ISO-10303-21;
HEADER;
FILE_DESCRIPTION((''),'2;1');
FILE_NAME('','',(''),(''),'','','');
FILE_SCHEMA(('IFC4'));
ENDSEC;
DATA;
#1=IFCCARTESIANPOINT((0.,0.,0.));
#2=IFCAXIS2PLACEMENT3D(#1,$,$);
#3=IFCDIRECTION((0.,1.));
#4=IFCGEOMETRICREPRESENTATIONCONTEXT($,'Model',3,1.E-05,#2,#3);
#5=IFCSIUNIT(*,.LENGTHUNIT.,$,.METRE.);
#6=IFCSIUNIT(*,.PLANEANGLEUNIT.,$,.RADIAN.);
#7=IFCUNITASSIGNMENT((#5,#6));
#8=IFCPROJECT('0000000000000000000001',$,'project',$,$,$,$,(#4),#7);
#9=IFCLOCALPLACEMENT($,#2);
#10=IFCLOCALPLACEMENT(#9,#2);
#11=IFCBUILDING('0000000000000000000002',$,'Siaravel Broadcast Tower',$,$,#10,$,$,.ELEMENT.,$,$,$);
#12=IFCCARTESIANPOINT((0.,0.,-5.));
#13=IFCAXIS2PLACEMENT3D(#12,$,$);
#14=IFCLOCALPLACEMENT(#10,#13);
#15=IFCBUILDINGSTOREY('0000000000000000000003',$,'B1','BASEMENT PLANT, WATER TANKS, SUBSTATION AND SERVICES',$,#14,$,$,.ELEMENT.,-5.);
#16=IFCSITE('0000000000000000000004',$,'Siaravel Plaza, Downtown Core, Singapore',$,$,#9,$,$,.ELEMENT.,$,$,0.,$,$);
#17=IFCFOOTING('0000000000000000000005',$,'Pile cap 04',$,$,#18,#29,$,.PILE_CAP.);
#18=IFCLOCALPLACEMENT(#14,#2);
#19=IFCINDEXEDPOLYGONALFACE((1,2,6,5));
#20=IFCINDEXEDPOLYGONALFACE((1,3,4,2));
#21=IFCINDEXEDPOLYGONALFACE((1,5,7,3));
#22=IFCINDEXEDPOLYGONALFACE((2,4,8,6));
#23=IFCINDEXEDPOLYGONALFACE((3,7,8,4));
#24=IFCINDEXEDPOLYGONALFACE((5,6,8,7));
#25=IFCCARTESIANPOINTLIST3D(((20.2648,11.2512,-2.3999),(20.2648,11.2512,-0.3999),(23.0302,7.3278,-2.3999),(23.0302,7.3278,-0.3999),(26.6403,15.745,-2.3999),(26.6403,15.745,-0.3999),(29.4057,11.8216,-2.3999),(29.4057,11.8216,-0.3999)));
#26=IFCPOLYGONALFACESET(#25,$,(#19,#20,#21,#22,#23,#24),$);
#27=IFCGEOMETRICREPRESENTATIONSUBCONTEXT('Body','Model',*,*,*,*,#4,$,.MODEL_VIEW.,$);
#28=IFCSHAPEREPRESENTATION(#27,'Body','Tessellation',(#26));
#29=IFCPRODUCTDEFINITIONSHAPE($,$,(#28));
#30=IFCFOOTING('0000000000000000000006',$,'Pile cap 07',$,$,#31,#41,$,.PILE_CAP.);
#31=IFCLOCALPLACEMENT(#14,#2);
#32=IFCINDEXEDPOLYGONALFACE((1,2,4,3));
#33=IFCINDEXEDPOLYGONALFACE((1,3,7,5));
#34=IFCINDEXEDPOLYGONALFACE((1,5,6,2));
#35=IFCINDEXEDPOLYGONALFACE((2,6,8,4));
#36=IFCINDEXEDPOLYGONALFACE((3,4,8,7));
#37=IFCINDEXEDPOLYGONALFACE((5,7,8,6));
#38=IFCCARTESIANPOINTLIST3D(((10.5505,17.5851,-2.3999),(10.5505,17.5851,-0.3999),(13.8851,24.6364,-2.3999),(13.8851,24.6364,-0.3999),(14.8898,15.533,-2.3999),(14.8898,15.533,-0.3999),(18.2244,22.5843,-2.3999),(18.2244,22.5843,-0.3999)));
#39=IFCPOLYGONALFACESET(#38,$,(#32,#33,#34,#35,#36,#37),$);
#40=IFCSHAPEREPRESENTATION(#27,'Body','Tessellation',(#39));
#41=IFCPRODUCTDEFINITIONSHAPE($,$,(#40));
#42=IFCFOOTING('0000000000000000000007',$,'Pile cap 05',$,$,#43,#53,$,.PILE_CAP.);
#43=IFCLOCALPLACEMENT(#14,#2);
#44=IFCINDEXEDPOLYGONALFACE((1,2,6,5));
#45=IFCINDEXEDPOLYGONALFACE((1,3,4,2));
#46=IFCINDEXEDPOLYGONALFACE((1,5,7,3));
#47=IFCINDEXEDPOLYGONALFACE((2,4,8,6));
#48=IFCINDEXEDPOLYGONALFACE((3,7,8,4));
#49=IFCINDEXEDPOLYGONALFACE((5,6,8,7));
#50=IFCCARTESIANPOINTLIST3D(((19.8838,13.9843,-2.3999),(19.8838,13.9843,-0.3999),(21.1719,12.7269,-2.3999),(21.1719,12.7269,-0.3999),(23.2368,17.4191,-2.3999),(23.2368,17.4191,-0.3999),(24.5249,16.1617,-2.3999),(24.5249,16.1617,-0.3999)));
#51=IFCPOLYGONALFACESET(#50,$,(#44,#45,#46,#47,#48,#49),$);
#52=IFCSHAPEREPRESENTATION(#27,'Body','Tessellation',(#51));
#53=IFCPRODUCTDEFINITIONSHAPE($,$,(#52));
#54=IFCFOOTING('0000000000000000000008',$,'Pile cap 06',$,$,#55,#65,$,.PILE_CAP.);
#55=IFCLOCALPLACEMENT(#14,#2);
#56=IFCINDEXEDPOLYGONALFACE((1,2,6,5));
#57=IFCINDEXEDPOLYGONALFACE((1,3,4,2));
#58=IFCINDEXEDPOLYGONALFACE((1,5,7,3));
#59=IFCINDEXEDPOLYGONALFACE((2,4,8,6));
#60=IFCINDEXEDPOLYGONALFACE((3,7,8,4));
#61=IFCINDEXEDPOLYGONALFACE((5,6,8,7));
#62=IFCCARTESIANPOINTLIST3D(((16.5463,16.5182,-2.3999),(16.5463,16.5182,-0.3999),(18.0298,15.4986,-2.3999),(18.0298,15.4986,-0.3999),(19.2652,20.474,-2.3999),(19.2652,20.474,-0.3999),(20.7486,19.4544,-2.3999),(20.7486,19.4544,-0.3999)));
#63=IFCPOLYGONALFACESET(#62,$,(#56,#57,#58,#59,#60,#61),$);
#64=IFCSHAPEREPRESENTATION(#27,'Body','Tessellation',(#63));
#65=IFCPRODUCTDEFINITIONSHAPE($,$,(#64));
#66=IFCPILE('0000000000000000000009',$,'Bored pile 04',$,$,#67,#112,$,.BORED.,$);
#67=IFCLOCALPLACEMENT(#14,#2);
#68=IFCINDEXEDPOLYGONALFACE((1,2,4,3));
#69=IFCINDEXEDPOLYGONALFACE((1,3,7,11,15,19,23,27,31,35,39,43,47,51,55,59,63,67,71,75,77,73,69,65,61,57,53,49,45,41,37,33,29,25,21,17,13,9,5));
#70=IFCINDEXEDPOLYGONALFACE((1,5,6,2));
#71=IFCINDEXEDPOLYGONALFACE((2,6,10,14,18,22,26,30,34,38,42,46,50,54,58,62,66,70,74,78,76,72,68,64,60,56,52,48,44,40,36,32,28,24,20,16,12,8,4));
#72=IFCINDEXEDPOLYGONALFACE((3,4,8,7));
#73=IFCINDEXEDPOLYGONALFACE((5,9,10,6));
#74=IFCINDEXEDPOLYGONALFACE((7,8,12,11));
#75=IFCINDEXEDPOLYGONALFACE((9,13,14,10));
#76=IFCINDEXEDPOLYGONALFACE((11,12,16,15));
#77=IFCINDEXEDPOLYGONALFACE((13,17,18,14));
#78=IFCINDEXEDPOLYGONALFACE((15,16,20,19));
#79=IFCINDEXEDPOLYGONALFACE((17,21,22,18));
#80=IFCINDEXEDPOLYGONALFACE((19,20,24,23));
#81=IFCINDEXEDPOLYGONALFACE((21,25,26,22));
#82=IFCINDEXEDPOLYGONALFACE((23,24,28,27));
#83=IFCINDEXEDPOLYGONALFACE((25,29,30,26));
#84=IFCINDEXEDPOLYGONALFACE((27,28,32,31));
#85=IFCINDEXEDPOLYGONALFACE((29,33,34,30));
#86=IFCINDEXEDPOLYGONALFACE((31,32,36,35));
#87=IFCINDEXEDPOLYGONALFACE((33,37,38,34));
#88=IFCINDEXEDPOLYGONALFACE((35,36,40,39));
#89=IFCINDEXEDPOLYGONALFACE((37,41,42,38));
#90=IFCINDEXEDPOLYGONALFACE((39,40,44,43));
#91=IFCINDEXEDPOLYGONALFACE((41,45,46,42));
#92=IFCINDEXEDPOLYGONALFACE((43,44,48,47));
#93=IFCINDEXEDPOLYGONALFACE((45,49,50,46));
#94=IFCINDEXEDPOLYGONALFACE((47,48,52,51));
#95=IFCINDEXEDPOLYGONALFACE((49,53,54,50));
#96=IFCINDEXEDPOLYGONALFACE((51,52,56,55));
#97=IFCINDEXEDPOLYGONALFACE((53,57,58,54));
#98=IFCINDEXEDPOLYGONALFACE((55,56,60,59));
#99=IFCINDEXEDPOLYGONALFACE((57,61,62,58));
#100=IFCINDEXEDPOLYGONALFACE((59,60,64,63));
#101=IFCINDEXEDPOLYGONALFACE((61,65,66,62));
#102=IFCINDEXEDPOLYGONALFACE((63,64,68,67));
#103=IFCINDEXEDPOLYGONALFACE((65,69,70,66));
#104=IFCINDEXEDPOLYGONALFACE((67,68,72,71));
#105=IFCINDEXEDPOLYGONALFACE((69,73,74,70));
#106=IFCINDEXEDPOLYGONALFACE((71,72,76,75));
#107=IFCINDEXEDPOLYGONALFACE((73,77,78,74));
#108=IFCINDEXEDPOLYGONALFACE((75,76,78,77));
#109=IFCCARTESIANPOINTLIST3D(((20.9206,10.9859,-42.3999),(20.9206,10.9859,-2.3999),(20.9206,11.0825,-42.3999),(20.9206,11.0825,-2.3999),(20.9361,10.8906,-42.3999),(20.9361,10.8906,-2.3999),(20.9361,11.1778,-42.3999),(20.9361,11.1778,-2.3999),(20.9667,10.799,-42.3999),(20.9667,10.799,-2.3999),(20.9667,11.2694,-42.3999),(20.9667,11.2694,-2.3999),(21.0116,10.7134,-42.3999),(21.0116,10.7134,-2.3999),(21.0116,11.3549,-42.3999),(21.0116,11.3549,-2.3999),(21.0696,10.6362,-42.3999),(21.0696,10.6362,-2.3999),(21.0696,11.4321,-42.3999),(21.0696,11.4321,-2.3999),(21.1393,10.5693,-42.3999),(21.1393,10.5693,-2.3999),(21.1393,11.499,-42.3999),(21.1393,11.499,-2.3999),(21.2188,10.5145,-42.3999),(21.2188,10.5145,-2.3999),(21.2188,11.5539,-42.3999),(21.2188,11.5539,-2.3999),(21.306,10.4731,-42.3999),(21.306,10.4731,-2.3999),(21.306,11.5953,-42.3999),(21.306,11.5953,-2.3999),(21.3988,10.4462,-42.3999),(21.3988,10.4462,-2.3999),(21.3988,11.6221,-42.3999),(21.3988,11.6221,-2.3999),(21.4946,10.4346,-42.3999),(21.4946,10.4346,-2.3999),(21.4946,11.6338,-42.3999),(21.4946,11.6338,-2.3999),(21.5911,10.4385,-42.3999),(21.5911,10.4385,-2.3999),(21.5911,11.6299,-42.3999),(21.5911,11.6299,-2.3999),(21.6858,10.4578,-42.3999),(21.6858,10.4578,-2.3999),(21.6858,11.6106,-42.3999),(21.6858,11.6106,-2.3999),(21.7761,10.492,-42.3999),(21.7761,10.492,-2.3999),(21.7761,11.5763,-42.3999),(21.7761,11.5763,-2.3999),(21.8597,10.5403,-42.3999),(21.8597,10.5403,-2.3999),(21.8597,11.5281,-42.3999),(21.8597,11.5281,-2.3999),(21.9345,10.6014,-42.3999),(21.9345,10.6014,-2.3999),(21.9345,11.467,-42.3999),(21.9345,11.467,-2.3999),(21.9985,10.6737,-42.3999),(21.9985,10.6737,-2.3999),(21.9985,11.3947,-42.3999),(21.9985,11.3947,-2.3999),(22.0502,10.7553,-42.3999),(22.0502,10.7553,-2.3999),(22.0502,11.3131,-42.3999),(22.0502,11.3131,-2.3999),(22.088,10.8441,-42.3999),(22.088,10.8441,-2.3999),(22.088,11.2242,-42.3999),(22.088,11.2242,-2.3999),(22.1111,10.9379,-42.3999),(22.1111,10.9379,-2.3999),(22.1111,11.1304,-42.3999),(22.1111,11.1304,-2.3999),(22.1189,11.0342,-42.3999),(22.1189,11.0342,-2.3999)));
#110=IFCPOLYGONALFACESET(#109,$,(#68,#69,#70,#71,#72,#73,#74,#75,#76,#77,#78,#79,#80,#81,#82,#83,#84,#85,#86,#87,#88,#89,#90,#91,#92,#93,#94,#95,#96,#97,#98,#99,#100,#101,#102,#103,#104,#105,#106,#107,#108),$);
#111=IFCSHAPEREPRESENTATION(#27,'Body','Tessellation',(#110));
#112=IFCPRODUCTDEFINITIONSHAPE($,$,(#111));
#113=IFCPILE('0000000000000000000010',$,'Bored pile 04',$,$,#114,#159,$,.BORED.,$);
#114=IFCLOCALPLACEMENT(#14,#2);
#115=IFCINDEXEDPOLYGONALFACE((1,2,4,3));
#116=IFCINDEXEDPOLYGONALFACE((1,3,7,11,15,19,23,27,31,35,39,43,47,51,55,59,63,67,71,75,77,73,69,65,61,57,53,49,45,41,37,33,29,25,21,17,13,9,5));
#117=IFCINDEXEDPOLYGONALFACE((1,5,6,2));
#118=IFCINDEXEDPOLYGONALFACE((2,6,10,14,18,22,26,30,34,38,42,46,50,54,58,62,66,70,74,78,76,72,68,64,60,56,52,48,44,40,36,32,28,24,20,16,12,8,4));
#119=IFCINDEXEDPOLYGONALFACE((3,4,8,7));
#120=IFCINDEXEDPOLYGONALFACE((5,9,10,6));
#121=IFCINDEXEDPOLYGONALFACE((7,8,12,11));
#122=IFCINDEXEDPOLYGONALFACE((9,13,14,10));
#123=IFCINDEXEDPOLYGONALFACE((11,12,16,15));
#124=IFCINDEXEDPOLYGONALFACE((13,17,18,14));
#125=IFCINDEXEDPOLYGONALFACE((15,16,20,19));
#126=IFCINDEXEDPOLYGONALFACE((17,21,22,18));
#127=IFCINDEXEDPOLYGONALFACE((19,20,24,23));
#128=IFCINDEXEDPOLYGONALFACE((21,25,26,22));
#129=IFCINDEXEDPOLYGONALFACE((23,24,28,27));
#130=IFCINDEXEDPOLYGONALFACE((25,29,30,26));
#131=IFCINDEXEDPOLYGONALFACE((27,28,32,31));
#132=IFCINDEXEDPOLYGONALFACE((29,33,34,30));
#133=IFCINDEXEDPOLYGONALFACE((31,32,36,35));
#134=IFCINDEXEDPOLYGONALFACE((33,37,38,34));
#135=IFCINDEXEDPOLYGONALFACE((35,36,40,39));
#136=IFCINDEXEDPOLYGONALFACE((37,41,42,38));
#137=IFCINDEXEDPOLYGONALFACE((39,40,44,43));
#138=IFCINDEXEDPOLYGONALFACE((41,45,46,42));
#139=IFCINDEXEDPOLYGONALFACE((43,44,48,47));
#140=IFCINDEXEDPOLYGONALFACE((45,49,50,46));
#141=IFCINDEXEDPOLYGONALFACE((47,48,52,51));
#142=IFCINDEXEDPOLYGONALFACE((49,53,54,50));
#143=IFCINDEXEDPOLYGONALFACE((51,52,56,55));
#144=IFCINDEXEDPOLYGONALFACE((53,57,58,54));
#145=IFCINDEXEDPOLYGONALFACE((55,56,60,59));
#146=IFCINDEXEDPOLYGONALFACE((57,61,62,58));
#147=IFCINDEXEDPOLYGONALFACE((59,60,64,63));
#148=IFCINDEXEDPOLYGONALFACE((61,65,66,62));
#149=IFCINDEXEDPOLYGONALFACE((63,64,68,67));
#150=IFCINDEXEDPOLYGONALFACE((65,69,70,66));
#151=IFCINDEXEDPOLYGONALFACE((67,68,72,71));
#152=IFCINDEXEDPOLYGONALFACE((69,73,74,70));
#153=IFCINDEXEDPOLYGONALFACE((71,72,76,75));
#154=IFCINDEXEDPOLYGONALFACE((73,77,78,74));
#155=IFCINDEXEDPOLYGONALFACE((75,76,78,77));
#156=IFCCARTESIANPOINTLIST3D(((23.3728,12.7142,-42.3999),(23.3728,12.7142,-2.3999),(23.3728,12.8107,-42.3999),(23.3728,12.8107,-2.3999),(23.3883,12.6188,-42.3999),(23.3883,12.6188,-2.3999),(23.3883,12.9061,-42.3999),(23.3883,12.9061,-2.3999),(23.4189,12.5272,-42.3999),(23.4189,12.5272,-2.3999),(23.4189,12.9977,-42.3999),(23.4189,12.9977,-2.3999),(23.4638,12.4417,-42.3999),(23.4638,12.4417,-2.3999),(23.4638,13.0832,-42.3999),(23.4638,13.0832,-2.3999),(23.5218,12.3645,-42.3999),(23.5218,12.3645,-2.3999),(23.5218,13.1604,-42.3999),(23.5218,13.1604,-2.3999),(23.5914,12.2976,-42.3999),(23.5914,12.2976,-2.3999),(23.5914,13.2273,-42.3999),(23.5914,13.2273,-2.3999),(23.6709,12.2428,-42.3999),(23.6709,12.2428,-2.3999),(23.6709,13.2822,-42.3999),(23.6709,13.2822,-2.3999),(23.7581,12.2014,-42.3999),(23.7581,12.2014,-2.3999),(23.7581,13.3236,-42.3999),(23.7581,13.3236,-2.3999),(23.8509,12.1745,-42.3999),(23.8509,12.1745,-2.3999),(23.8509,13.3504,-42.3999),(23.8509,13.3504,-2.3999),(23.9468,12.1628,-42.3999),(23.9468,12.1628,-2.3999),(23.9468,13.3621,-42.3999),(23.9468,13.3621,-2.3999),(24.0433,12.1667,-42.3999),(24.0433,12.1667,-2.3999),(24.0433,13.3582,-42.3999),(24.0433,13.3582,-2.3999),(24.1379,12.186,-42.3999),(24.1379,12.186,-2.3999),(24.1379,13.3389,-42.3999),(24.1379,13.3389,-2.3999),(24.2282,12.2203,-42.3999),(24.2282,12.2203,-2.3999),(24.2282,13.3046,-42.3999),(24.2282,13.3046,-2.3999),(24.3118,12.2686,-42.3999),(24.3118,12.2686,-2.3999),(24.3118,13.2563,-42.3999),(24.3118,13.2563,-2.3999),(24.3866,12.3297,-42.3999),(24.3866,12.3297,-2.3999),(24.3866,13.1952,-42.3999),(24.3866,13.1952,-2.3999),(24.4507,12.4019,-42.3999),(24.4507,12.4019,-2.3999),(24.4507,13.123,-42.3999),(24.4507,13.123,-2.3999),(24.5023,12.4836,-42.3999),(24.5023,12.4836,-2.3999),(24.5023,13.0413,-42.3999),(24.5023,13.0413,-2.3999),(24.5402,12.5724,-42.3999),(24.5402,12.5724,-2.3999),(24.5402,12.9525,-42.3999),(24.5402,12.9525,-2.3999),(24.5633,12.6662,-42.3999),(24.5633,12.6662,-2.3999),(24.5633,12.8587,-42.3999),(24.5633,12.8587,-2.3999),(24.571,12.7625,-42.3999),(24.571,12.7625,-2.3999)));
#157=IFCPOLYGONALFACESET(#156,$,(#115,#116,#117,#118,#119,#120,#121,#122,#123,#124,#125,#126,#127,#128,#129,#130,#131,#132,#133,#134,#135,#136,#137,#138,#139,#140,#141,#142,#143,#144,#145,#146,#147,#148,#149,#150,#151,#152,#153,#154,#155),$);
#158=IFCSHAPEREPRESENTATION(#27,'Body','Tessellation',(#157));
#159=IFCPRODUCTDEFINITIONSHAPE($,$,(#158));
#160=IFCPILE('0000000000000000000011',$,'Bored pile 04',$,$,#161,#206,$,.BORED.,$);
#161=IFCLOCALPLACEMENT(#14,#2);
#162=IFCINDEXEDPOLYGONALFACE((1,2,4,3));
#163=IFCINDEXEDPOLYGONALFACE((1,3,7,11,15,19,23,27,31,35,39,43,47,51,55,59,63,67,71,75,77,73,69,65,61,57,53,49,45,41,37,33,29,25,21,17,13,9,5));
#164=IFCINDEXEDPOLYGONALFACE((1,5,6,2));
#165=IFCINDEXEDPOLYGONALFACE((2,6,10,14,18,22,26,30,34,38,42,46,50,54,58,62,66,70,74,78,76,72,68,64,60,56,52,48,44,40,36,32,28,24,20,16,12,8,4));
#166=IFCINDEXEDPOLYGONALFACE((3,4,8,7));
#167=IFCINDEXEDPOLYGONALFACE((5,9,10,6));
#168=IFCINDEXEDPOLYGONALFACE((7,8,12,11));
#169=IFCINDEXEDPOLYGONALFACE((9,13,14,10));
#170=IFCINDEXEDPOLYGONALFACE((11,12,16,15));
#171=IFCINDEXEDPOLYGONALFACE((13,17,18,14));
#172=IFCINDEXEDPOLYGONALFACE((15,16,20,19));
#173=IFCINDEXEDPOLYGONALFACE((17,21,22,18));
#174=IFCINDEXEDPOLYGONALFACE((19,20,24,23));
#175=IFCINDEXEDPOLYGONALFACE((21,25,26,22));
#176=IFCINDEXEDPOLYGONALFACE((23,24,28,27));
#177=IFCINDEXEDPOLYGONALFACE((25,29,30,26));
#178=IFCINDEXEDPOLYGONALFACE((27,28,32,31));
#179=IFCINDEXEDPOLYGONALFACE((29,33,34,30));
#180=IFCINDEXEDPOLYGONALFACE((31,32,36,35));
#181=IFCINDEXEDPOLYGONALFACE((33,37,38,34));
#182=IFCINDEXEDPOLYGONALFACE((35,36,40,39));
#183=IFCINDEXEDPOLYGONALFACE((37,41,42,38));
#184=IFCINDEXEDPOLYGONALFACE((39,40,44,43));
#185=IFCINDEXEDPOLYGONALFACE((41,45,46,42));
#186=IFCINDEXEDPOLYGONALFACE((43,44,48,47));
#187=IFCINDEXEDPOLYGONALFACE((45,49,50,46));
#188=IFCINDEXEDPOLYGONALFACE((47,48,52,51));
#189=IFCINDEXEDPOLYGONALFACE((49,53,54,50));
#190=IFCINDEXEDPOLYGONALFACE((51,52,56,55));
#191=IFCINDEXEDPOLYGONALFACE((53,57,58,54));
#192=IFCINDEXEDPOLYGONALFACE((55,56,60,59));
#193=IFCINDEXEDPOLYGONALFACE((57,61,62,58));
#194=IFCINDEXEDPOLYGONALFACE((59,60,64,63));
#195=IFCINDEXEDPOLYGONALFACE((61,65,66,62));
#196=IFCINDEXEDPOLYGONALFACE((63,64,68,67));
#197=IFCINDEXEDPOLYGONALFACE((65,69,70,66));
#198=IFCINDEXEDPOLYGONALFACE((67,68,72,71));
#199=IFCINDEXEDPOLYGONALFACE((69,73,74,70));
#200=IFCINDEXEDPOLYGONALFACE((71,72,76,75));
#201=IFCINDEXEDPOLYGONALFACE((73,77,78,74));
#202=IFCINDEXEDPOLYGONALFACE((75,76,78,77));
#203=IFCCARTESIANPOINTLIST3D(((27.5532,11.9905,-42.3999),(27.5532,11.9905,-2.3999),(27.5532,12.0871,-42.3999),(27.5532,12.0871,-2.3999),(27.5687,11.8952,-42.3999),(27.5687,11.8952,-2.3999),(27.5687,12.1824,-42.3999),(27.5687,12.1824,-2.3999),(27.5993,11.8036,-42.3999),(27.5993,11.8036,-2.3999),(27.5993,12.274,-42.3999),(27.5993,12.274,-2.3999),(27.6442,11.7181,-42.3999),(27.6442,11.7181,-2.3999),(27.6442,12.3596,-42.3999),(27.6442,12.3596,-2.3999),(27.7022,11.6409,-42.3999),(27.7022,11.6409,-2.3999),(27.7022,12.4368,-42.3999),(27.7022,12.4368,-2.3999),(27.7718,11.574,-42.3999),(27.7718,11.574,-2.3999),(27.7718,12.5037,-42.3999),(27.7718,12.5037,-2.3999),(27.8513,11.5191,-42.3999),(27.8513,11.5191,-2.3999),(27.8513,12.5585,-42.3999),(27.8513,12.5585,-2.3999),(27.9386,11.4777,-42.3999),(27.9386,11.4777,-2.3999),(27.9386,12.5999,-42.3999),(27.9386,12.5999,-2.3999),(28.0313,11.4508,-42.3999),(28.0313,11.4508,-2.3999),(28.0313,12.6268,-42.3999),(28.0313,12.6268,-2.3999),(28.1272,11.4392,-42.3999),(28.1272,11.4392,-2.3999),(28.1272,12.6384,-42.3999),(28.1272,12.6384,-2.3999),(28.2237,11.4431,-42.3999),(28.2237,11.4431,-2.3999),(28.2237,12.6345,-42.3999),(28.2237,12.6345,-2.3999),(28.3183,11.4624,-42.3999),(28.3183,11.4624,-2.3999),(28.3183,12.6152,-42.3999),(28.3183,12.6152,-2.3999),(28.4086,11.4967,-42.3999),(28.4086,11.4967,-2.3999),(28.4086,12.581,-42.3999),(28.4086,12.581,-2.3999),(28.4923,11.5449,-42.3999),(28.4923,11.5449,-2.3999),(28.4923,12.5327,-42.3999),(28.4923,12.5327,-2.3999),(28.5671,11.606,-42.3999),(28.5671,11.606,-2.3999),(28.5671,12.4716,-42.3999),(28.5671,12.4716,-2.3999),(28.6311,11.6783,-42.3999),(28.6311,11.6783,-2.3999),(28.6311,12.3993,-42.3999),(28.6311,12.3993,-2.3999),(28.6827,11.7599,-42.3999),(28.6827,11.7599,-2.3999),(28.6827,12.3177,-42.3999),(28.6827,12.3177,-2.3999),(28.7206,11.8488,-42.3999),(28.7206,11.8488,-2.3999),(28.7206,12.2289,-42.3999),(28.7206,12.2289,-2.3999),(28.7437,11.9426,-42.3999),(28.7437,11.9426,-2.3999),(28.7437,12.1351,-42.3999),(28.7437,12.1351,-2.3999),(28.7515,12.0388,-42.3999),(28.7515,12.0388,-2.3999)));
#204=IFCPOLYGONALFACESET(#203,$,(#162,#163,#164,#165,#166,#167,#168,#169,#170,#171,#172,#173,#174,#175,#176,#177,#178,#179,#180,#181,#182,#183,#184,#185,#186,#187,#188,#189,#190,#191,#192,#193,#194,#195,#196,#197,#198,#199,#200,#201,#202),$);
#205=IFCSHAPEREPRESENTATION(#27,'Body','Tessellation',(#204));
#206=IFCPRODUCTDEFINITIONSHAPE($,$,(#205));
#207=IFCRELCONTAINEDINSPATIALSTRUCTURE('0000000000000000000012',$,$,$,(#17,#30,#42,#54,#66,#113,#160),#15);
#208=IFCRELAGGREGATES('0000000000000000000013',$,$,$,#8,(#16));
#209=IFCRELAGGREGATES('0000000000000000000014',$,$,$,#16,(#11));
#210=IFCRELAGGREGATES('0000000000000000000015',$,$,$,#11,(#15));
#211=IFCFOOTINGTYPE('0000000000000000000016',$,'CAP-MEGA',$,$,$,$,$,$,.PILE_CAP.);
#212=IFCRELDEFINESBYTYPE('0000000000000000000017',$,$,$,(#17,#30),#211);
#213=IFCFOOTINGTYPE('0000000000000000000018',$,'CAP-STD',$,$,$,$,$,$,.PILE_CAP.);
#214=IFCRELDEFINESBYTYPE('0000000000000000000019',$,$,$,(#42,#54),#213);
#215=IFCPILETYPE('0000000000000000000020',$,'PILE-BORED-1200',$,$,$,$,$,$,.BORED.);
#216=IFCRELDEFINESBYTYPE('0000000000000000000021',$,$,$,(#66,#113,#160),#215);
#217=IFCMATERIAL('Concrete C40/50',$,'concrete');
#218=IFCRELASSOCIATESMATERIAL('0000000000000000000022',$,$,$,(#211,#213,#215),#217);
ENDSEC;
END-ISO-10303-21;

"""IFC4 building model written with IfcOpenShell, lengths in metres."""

from ifc_helpers import new_model, si_unit, direction, frame, origin, origin_2d, place, context, subcontext, project, spatial, rectangle, circle, extrude, material, material_profile, profile_set, type_object, element, save


model = new_model("IFC4")

# Units and contexts
model_context = context("Model", 3, precision=1e-05, world=origin(), true_north=direction((0.0, 1.0)))
body_context = subcontext(model_context, "Body", "Model", "MODEL_VIEW")
ifc_project = project(units=[si_unit("LENGTHUNIT", "METRE"), si_unit("PLANEANGLEUNIT", "RADIAN")], contexts=[model_context])

# Site, building, storey
site_placement = place(None, origin())
site = spatial("IfcSite", under=ifc_project, at=site_placement, Name="Siaravel Plaza, Downtown Core, Singapore", CompositionType="ELEMENT", RefElevation=0.0)
building_placement = place(site_placement, origin())
building = spatial("IfcBuilding", under=site, at=building_placement, Name="Siaravel Broadcast Tower", CompositionType="ELEMENT")
storey_placement = place(building_placement, frame((0.0, 0.0, -5.0)))
storey = spatial("IfcBuildingStorey", under=building, at=storey_placement, Name="B1", Description="BASEMENT PLANT, WATER TANKS, SUBSTATION AND SERVICES", CompositionType="ELEMENT", Elevation=-5.0)

# Footings
ifc_material_1 = material(Name="Concrete C40/50", Category="concrete")
footing_type_1 = type_object("IfcFootingType", Name="CAP-MEGA", PredefinedType="PILE_CAP", material=ifc_material_1)
for number, where, z_axis, x_axis, name in (
    (1, (24.8352, 11.5364, -2.3999), (0.0, 0.0, 1.0), (0.817366, 0.576119, 0.0), "Pile cap 04"),
    (2, (14.3875, 20.0847, -2.3999), (0.0, 0.0, 1.0), (0.427516, 0.904008, 0.0), "Pile cap 07"),
):
    element("IfcFooting", number, at=place(storey_placement, frame(where, z_axis=z_axis, x_axis=x_axis)), inside=storey, type_object=footing_type_1, Name=name, PredefinedType="PILE_CAP", context=body_context, shape_type="SweptSolid", body=[
        extrude(rectangle(XDim=7.8, YDim=4.8, at=origin_2d()), origin(), (0.0, 0.0, 1.0), 2.0),
    ])
footing_type_2 = type_object("IfcFootingType", Name="CAP-STD", PredefinedType="PILE_CAP", material=ifc_material_1)
for number, where, z_axis, x_axis, name in (
    (3, (22.2043, 15.073, -2.3999), (0.0, 0.0, 1.0), (0.698528, 0.715583, 0.0), "Pile cap 05"),
    (4, (18.6475, 17.9863, -2.3999), (0.0, 0.0, 1.0), (0.566421, 0.824116, 0.0), "Pile cap 06"),
):
    element("IfcFooting", number, at=place(storey_placement, frame(where, z_axis=z_axis, x_axis=x_axis)), inside=storey, type_object=footing_type_2, Name=name, PredefinedType="PILE_CAP", context=body_context, shape_type="SweptSolid", body=[
        extrude(rectangle(XDim=4.8, YDim=1.8, at=origin_2d()), origin(), (0.0, 0.0, 1.0), 2.0),
    ])

# Piles
ifc_material_profile_1 = material_profile(ifc_material_1, circle(Radius=0.6001, at=origin_2d()))
ifc_profile_set_1 = profile_set([ifc_material_profile_1], Name="Concrete C40/50")
pile_type = type_object("IfcPileType", Name="PILE-BORED-1200", PredefinedType="BORED", material=ifc_profile_set_1)
for number, where, z_axis, x_axis, name in (
    (5, (21.5188, 11.0342, -2.3999), (0.0, 0.0, -1.0), (1.0, 0.0, 0.0), "Bored pile 04"),
    (6, (23.9709, 12.7625, -2.3999), (0.0, 0.0, -1.0), (1.0, 0.0, 0.0), "Bored pile 04"),
    (7, (28.1514, 12.0388, -2.3999), (0.0, 0.0, -1.0), (1.0, 0.0, 0.0), "Bored pile 04"),
):
    element("IfcPile", number, at=place(storey_placement, frame(where, z_axis=z_axis, x_axis=x_axis)), inside=storey, type_object=pile_type, Name=name, PredefinedType="BORED", context=body_context, shape_type="SweptSolid", body=[
        extrude(circle(Radius=0.6001, at=origin_2d()), origin(), (0.0, 0.0, 1.0), 40.0),
    ])

save(model, "model.ifc")
